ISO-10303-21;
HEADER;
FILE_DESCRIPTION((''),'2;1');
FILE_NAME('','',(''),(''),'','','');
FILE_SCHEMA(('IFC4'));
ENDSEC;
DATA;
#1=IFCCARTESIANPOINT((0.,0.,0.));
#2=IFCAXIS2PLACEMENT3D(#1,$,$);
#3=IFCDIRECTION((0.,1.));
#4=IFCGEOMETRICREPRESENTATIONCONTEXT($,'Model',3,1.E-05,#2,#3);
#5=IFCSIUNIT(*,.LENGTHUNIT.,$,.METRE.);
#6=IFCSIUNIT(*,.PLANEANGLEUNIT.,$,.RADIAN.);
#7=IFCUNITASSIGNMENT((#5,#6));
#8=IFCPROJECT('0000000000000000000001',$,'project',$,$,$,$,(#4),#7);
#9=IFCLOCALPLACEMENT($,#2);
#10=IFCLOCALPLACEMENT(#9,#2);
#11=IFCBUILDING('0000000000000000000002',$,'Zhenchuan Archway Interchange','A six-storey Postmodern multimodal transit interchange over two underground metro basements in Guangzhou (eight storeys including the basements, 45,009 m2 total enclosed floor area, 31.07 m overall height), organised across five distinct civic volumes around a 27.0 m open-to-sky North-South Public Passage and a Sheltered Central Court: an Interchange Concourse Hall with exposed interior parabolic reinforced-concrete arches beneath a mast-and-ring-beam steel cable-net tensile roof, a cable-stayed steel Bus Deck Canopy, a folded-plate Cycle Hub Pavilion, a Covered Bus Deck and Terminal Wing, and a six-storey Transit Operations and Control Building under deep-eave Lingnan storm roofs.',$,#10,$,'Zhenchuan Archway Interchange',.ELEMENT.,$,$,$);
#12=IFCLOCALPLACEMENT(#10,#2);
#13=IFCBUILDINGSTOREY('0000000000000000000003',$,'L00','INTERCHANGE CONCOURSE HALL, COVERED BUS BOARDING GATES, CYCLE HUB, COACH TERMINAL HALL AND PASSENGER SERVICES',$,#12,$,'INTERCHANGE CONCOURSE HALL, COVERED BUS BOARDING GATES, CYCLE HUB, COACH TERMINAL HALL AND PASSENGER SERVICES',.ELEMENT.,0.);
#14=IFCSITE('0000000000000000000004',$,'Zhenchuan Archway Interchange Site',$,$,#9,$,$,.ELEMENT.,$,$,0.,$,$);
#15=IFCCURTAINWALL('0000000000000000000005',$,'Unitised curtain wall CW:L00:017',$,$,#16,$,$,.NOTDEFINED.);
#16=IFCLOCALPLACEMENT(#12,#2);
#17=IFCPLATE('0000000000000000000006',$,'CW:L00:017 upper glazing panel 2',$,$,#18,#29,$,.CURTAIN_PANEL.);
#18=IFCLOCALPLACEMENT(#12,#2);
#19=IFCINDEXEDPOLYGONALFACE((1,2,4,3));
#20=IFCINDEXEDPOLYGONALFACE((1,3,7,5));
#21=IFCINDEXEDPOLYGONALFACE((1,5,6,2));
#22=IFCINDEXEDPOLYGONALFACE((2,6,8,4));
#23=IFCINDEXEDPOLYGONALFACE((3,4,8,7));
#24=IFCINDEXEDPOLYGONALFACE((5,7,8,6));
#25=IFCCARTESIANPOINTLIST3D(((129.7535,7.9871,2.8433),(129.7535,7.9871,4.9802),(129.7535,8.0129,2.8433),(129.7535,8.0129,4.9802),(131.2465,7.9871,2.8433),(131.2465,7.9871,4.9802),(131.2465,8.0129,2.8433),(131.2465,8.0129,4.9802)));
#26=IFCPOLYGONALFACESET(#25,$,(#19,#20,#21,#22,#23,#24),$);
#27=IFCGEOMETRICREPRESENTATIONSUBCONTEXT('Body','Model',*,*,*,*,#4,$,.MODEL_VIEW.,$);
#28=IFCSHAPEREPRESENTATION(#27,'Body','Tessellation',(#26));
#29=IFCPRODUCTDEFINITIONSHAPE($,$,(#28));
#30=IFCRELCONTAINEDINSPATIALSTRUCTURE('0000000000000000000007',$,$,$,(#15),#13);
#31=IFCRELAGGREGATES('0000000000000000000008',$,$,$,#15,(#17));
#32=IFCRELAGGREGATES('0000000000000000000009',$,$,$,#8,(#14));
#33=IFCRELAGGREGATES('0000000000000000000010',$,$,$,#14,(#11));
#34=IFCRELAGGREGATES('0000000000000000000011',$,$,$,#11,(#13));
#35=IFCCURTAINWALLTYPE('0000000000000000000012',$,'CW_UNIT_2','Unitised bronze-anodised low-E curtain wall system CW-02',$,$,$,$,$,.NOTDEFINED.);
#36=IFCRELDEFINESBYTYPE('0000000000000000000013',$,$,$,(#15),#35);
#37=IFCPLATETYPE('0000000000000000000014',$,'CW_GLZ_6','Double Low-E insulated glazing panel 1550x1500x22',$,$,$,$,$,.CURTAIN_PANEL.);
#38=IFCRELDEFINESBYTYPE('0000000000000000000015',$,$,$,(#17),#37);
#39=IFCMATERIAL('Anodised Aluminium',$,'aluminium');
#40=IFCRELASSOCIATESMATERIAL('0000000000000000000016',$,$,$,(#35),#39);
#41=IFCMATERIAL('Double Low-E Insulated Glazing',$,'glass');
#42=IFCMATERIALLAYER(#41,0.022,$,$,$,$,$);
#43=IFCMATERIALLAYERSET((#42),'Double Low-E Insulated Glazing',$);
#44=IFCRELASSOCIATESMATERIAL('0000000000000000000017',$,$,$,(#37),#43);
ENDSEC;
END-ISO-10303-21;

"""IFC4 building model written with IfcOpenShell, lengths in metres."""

from ifc_helpers import new_model, si_unit, direction, frame, origin, origin_2d, place, context, subcontext, project, spatial, rectangle, extrude, material, layer, layer_set, type_object, element, aggregate, save


model = new_model("IFC4")

# Units and contexts
model_context = context("Model", 3, precision=1e-05, world=origin(), true_north=direction((0.0, 1.0)))
body_context = subcontext(model_context, "Body", "Model", "MODEL_VIEW")
ifc_project = project(units=[si_unit("LENGTHUNIT", "METRE"), si_unit("PLANEANGLEUNIT", "RADIAN")], contexts=[model_context])

# Site, building, storey
site_placement = place(None, origin())
site = spatial("IfcSite", under=ifc_project, at=site_placement, Name="Zhenchuan Archway Interchange Site", CompositionType="ELEMENT", RefElevation=0.0)
building_placement = place(site_placement, origin())
building = spatial("IfcBuilding", under=site, at=building_placement, Name="Zhenchuan Archway Interchange", Description="A six-storey Postmodern multimodal transit interchange over two underground metro basements in Guangzhou (eight storeys including the basements, 45,009 m2 total enclosed floor area, 31.07 m overall height), organised across five distinct civic volumes around a 27.0 m open-to-sky North-South Public Passage and a Sheltered Central Court: an Interchange Concourse Hall with exposed interior parabolic reinforced-concrete arches beneath a mast-and-ring-beam steel cable-net tensile roof, a cable-stayed steel Bus Deck Canopy, a folded-plate Cycle Hub Pavilion, a Covered Bus Deck and Terminal Wing, and a six-storey Transit Operations and Control Building under deep-eave Lingnan storm roofs.", LongName="Zhenchuan Archway Interchange", CompositionType="ELEMENT")
storey_placement = place(building_placement, origin())
storey = spatial("IfcBuildingStorey", under=building, at=storey_placement, Name="L00", Description="INTERCHANGE CONCOURSE HALL, COVERED BUS BOARDING GATES, CYCLE HUB, COACH TERMINAL HALL AND PASSENGER SERVICES", LongName="INTERCHANGE CONCOURSE HALL, COVERED BUS BOARDING GATES, CYCLE HUB, COACH TERMINAL HALL AND PASSENGER SERVICES", CompositionType="ELEMENT", Elevation=0.0)

# Curtain wall
ifc_material_1 = material(Name="Anodised Aluminium", Category="aluminium")
curtain_wall_type = type_object("IfcCurtainWallType", Name="CW_UNIT_2", Description="Unitised bronze-anodised low-E curtain wall system CW-02", PredefinedType="NOTDEFINED", material=ifc_material_1)
curtain_wall_placement = place(storey_placement, origin())
curtain_wall = element("IfcCurtainWall", 1, at=curtain_wall_placement, inside=storey, type_object=curtain_wall_type, Name="Unitised curtain wall CW:L00:017", PredefinedType="NOTDEFINED")

# Plate
ifc_material_2 = material(Name="Double Low-E Insulated Glazing", Category="glass")
ifc_layer_1 = layer(ifc_material_2, 0.022)
ifc_layer_set_1 = layer_set([ifc_layer_1], Name="Double Low-E Insulated Glazing")
plate_type_1 = type_object("IfcPlateType", Name="CW_GLZ_6", Description="Double Low-E insulated glazing panel 1550x1500x22", PredefinedType="CURTAIN_PANEL", material=ifc_layer_set_1)
plate_1_placement = place(storey_placement, frame((130.5, 8.0, 2.8433), z_axis=(0.0, 0.0, 1.0), x_axis=(-1.0, 0.0, 0.0)))
plate_1 = element("IfcPlate", 2, at=plate_1_placement, type_object=plate_type_1, Name="CW:L00:017 upper glazing panel 2", PredefinedType="CURTAIN_PANEL", context=body_context, shape_type="SweptSolid", body=[
    extrude(rectangle(XDim=1.4929, YDim=0.0259, at=origin_2d()), origin(), (0.0, 0.0, 1.0), 2.137),
])
aggregate(curtain_wall, [plate_1])

save(model, "model.ifc")
